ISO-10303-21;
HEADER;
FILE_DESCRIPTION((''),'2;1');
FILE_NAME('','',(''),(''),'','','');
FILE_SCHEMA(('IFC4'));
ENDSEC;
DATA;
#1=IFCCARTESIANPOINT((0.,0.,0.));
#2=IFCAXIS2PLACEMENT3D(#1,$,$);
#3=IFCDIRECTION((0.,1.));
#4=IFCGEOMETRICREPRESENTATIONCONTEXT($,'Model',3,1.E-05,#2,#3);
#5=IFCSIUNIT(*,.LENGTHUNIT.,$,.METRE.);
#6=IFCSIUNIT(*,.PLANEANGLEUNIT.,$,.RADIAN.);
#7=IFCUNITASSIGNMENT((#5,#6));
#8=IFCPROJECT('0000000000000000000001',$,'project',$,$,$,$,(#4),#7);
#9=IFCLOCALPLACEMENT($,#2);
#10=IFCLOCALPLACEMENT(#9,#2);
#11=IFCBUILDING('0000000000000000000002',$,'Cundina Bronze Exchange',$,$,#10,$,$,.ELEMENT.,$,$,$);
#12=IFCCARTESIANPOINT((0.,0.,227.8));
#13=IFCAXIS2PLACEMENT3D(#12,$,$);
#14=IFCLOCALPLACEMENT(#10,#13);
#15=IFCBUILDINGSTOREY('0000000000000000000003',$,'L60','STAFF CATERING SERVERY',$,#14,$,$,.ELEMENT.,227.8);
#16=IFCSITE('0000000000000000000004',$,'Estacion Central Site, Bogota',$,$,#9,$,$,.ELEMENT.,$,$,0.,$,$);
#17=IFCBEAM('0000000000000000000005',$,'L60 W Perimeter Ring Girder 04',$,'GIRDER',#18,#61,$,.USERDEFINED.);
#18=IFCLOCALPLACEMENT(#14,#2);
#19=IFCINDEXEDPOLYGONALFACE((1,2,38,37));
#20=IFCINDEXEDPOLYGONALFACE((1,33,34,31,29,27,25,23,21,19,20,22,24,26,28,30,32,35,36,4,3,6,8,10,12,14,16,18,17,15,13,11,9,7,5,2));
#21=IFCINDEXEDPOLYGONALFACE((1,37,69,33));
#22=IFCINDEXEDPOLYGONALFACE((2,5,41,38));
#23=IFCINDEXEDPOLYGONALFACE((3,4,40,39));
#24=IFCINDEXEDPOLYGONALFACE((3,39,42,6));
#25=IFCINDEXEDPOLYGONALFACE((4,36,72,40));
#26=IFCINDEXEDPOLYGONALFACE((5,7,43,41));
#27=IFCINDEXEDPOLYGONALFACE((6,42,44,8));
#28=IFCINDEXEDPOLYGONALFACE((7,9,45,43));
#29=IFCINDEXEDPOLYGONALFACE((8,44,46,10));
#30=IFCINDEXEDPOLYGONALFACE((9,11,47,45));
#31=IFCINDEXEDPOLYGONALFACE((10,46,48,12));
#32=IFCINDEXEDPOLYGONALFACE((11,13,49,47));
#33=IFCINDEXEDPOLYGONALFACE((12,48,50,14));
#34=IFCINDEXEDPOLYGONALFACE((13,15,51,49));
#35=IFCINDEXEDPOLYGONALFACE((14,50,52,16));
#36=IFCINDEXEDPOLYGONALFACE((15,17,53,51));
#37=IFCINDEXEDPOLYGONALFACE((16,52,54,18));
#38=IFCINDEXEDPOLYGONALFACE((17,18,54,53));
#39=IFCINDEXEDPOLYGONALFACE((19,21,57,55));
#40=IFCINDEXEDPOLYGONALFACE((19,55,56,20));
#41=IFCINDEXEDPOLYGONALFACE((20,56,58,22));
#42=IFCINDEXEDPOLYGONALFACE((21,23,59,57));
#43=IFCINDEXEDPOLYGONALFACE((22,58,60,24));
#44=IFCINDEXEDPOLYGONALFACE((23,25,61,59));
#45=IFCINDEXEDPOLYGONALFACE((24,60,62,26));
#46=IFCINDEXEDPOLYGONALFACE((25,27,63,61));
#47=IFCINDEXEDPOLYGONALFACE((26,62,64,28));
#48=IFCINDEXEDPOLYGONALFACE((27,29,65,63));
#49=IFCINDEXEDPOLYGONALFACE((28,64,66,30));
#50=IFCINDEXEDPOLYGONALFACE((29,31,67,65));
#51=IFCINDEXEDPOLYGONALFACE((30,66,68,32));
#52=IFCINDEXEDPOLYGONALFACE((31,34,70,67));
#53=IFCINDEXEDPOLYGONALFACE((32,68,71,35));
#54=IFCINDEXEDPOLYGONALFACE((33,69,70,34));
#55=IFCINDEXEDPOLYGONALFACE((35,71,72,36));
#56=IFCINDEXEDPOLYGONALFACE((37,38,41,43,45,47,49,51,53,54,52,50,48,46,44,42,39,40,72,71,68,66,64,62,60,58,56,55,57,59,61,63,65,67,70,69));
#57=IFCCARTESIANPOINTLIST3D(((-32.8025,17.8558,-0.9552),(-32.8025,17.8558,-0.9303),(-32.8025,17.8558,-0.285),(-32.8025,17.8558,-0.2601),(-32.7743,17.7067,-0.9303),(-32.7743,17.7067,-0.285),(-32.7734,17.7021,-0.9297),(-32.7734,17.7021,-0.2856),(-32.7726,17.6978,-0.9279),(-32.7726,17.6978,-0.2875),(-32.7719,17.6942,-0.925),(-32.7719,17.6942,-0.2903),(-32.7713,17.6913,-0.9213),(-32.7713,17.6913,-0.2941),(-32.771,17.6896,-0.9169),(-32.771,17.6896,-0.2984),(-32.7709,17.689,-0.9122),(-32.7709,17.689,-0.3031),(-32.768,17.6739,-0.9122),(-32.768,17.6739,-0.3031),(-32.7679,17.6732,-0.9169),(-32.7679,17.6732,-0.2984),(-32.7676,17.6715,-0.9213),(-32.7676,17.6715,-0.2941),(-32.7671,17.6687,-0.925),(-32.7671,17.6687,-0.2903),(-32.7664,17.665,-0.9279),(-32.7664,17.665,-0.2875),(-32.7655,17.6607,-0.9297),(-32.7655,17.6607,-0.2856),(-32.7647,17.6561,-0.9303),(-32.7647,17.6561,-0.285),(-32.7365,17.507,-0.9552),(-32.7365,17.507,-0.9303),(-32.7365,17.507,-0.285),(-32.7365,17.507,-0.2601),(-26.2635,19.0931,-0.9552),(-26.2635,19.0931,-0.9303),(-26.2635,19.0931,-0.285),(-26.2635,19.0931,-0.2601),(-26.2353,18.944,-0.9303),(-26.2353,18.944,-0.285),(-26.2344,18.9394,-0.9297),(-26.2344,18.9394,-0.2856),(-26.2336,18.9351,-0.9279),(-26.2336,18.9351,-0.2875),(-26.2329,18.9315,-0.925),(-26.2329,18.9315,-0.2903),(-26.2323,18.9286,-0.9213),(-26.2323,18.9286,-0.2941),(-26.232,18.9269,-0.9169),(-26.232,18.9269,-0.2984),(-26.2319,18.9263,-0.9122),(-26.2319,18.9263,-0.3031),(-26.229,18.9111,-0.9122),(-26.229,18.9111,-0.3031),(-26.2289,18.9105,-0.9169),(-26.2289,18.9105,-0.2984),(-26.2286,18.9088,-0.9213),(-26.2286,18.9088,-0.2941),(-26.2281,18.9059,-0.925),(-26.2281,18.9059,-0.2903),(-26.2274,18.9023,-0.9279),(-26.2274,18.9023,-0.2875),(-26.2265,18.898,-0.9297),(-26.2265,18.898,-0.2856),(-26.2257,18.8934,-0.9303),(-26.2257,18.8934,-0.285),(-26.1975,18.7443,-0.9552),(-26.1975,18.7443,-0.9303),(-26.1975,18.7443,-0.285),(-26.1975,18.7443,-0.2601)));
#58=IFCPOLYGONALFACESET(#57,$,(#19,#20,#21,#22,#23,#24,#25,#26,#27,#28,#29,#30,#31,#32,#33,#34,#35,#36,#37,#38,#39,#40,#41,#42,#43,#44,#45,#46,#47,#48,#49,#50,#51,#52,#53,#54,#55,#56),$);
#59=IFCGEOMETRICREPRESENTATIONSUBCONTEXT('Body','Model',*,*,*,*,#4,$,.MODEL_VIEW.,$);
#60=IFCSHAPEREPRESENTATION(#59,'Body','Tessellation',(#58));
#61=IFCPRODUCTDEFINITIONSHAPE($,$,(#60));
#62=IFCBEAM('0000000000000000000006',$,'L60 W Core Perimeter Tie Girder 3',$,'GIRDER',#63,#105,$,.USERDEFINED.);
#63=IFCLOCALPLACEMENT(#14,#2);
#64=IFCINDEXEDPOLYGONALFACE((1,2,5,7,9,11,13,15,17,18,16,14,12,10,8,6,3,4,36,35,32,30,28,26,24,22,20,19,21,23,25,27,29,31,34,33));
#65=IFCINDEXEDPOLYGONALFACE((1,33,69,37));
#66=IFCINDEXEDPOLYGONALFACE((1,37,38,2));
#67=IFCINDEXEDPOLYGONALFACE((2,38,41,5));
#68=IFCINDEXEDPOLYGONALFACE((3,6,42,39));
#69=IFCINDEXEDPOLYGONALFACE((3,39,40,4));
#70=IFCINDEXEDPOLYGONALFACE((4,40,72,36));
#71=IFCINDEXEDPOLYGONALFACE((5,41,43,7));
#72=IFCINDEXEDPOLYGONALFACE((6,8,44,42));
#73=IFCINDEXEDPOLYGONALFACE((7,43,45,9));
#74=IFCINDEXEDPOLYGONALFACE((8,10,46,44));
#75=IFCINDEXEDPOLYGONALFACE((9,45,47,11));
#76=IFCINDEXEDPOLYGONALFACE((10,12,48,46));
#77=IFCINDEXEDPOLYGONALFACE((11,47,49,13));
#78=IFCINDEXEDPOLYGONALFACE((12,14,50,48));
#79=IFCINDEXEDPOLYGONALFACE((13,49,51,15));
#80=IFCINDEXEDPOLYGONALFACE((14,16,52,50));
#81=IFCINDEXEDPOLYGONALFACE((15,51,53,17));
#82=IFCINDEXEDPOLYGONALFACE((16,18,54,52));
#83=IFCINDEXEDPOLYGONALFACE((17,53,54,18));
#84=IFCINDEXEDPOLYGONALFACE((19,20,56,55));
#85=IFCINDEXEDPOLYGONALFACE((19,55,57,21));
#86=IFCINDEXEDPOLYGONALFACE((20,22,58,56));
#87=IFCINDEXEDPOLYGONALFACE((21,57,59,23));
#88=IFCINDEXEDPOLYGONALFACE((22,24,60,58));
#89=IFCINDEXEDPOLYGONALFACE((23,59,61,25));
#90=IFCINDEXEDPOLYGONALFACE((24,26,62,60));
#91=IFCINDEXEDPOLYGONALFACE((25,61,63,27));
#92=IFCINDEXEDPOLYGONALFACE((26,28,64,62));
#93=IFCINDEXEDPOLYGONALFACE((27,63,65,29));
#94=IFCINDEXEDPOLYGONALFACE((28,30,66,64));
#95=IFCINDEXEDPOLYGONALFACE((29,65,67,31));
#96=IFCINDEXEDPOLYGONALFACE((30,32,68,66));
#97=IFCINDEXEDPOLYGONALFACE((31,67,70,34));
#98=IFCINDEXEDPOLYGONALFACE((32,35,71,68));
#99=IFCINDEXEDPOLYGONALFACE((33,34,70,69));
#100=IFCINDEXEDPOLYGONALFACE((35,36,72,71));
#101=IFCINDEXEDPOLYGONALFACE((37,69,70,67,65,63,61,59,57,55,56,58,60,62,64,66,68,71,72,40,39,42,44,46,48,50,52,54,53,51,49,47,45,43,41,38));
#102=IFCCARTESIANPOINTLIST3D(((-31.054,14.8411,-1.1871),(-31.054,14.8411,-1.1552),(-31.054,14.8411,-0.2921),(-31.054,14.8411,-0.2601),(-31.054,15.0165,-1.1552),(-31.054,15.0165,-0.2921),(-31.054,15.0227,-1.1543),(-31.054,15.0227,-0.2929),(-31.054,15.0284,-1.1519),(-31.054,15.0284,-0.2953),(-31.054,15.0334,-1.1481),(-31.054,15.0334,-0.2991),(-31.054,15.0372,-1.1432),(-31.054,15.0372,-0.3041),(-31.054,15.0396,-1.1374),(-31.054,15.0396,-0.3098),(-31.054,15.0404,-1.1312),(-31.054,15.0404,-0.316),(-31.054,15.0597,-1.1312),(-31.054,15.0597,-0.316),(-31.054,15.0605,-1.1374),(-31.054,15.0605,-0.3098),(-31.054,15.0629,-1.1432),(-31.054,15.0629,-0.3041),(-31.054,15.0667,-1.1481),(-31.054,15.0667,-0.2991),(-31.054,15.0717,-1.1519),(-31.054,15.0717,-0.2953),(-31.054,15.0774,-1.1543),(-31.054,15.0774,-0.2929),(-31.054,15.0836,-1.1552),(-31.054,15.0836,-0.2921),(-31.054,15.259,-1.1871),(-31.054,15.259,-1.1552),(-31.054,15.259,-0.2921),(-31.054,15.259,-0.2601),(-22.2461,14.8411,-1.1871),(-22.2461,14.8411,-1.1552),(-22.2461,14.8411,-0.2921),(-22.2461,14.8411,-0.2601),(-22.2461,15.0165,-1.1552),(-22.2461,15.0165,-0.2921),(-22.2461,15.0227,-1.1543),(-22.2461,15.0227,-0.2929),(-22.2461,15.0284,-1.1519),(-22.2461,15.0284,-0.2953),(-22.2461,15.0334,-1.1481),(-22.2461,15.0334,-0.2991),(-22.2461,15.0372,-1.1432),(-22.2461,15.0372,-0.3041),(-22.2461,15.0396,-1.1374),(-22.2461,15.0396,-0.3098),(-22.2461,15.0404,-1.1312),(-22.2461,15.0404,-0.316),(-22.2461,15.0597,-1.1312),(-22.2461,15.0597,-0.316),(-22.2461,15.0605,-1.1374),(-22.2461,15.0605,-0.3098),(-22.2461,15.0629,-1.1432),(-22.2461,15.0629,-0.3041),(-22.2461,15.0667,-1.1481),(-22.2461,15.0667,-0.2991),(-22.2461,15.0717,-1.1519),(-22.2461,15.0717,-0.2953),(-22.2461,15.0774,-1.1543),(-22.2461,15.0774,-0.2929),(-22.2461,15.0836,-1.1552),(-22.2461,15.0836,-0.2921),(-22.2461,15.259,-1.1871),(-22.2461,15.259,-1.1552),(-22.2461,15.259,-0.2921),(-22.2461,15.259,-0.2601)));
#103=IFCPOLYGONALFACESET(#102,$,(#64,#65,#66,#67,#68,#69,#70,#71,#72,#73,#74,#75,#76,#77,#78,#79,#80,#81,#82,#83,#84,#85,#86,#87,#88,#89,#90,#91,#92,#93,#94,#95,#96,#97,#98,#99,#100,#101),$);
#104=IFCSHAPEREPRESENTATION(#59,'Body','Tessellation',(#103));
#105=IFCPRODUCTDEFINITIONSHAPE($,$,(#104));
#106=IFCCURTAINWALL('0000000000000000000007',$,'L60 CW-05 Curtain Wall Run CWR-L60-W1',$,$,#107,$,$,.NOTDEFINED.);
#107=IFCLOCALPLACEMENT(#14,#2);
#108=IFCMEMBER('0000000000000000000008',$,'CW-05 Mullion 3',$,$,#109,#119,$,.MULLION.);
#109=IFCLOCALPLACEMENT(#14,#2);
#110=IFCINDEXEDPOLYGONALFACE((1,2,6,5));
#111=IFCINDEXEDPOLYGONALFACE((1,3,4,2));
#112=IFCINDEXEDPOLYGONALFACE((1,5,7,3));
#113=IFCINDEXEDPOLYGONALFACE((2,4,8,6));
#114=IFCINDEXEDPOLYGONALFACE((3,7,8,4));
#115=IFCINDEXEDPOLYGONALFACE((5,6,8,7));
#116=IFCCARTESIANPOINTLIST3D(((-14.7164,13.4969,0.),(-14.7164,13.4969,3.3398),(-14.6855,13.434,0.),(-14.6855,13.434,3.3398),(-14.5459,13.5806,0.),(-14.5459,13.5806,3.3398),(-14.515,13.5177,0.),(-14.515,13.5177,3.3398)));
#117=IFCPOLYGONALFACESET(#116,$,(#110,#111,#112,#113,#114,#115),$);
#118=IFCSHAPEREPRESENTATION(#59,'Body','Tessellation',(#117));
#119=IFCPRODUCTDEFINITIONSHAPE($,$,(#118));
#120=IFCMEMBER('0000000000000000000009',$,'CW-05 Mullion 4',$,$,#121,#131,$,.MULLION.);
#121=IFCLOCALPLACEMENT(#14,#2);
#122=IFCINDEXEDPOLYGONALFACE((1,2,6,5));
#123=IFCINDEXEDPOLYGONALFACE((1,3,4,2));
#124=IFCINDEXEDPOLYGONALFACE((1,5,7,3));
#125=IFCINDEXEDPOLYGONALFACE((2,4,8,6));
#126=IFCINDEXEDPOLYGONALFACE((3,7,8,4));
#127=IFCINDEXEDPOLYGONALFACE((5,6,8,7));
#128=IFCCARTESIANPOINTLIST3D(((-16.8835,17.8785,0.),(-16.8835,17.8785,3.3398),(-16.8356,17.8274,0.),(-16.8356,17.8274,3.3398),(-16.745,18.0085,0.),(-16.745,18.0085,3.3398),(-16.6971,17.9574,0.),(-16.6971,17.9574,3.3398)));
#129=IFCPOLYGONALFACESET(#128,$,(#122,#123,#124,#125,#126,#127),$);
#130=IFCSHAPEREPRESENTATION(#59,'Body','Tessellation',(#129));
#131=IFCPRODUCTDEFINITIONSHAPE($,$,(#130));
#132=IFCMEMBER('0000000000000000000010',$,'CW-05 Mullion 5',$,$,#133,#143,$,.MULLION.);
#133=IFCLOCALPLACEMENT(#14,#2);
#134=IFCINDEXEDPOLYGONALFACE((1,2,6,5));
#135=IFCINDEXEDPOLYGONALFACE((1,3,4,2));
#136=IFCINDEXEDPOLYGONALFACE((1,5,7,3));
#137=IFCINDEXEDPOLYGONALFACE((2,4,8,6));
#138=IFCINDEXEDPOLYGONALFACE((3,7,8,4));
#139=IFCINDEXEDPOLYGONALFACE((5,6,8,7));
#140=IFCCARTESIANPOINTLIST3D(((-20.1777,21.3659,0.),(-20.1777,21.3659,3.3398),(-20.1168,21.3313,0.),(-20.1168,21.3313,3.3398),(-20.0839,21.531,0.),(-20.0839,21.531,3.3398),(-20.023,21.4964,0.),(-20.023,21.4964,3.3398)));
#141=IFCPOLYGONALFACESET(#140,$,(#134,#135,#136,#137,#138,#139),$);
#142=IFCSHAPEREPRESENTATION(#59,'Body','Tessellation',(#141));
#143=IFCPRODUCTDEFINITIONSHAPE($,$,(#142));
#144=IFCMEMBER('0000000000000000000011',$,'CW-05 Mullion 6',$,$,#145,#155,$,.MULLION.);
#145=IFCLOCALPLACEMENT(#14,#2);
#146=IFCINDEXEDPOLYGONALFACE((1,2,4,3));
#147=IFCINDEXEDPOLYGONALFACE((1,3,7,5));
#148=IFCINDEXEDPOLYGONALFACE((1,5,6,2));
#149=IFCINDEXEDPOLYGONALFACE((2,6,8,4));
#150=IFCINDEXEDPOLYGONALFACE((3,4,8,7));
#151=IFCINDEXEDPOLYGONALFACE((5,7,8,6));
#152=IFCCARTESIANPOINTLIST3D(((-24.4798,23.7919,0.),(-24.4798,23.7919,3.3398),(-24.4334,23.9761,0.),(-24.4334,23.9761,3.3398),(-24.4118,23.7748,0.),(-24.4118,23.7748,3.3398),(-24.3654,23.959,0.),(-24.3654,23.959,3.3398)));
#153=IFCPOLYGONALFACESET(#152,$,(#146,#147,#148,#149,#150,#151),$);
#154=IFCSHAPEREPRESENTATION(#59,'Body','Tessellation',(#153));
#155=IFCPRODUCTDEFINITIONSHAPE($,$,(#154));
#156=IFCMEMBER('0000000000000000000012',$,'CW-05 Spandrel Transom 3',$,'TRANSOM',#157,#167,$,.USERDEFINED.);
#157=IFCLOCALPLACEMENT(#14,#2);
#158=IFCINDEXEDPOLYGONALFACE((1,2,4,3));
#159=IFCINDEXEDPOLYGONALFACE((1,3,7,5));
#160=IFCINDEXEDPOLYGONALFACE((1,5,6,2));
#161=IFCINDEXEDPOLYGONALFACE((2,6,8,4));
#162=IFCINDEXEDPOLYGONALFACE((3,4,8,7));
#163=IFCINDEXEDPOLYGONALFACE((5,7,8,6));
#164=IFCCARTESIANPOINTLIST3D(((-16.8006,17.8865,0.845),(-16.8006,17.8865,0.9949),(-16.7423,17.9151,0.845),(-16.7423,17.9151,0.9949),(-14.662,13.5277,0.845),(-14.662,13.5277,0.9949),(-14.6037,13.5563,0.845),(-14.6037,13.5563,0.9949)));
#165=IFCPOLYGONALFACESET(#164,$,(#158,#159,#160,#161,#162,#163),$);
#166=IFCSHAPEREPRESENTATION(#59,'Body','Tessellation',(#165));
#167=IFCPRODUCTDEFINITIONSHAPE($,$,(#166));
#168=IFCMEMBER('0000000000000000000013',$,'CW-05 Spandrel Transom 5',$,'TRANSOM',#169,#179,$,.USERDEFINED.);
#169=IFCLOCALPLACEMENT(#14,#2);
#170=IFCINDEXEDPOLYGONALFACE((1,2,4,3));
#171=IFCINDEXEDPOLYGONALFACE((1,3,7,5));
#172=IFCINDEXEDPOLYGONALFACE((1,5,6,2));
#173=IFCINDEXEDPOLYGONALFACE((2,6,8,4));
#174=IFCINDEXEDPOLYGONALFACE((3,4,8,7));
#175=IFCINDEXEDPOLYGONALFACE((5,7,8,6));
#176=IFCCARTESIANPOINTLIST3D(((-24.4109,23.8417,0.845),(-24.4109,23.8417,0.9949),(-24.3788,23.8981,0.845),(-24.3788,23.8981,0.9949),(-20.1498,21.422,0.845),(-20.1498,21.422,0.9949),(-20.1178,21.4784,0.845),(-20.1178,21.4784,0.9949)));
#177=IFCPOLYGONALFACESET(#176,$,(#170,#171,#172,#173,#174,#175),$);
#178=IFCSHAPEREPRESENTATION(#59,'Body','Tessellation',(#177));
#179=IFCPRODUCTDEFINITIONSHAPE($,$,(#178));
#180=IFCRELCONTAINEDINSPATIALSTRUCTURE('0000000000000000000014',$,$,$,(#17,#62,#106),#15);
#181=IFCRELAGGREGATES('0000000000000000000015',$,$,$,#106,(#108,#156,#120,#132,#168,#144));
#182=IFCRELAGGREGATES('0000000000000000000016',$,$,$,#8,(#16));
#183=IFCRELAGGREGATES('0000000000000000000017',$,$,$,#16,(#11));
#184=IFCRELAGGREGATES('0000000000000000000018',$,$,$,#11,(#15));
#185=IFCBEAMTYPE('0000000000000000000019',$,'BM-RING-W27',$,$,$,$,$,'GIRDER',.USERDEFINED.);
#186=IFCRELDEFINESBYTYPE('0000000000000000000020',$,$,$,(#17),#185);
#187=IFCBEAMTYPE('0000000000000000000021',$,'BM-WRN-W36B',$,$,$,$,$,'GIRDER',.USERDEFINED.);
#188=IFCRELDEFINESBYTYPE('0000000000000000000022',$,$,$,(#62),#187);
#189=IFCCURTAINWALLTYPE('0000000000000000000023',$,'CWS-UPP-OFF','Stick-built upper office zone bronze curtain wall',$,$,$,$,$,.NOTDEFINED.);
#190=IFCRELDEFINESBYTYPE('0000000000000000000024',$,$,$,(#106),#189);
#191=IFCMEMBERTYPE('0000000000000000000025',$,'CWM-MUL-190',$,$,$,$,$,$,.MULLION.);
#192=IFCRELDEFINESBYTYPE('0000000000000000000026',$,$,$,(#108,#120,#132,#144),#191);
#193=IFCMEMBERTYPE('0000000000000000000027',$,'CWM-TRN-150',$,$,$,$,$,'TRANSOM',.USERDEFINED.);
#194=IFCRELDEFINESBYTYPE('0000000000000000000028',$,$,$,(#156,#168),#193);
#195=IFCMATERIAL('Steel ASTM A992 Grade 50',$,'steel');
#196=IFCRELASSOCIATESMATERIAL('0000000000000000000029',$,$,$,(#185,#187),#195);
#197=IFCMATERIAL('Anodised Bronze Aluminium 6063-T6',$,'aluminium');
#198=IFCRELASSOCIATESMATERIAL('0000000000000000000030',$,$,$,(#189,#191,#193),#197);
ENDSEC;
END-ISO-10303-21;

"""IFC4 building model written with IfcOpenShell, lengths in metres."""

from ifc_helpers import new_model, si_unit, direction, frame, origin, origin_2d, place, context, subcontext, project, spatial, rectangle, i_section, extrude, material, material_profile, profile_set, type_object, element, aggregate, save


model = new_model("IFC4")

# Units and contexts
model_context = context("Model", 3, precision=1e-05, world=origin(), true_north=direction((0.0, 1.0)))
body_context = subcontext(model_context, "Body", "Model", "MODEL_VIEW")
ifc_project = project(units=[si_unit("LENGTHUNIT", "METRE"), si_unit("PLANEANGLEUNIT", "RADIAN")], contexts=[model_context])

# Site, building, storey
site_placement = place(None, origin())
site = spatial("IfcSite", under=ifc_project, at=site_placement, Name="Estacion Central Site, Bogota", CompositionType="ELEMENT", RefElevation=0.0)
building_placement = place(site_placement, origin())
building = spatial("IfcBuilding", under=site, at=building_placement, Name="Cundina Bronze Exchange", CompositionType="ELEMENT")
storey_placement = place(building_placement, frame((0.0, 0.0, 227.8)))
storey = spatial("IfcBuildingStorey", under=building, at=storey_placement, Name="L60", Description="STAFF CATERING SERVERY", CompositionType="ELEMENT", Elevation=227.8)

# Shared definitions
ifc_material_1 = material(Name="Steel ASTM A992 Grade 50", Category="steel")

# Beams
ifc_material_profile_1 = material_profile(ifc_material_1, i_section(OverallWidth=0.355, OverallDepth=0.6951, WebThickness=0.0154, FlangeThickness=0.0249, FilletRadius=0.0181, at=origin_2d()), Name="W27X146", Category="steel")
ifc_profile_set_1 = profile_set([ifc_material_profile_1], Name="Steel ASTM A992 Grade 50")
beam_type_1 = type_object("IfcBeamType", Name="BM-RING-W27", ElementType="GIRDER", PredefinedType="USERDEFINED", material=ifc_profile_set_1)
beam_1_placement = place(storey_placement, frame((-26.2305, 18.9187, -0.6077), z_axis=(-0.982565, -0.185918, 0.0), x_axis=(0.185918, -0.982565, 0.0)))
element("IfcBeam", 1, at=beam_1_placement, inside=storey, type_object=beam_type_1, Name="L60 W Perimeter Ring Girder 04", ObjectType="GIRDER", PredefinedType="USERDEFINED", context=body_context, shape_type="SweptSolid", body=[
    extrude(i_section(OverallWidth=0.355, OverallDepth=0.6951, WebThickness=0.0154, FlangeThickness=0.0249, FilletRadius=0.0181, at=origin_2d()), origin(), (0.0, 0.0, 1.0), 6.655),
])
ifc_material_profile_2 = material_profile(ifc_material_1, i_section(OverallWidth=0.418, OverallDepth=0.927, WebThickness=0.0193, FlangeThickness=0.032, FilletRadius=0.0239, at=origin_2d()), Name="W36X231", Category="steel")
ifc_profile_set_2 = profile_set([ifc_material_profile_2], Name="Steel ASTM A992 Grade 50")
beam_type_2 = type_object("IfcBeamType", Name="BM-WRN-W36B", ElementType="GIRDER", PredefinedType="USERDEFINED", material=ifc_profile_set_2)
beam_2_placement = place(storey_placement, frame((-22.2461, 15.05, -0.7236), z_axis=(-1.0, 0.0, 0.0), x_axis=(0.0, -1.0, 0.0)))
element("IfcBeam", 2, at=beam_2_placement, inside=storey, type_object=beam_type_2, Name="L60 W Core Perimeter Tie Girder 3", ObjectType="GIRDER", PredefinedType="USERDEFINED", context=body_context, shape_type="SweptSolid", body=[
    extrude(i_section(OverallWidth=0.418, OverallDepth=0.927, WebThickness=0.0193, FlangeThickness=0.032, FilletRadius=0.0239, at=origin_2d()), origin(), (0.0, 0.0, 1.0), 8.8079),
])

# Curtain wall, members
ifc_material_2 = material(Name="Anodised Bronze Aluminium 6063-T6", Category="aluminium")
curtain_wall_type = type_object("IfcCurtainWallType", Name="CWS-UPP-OFF", Description="Stick-built upper office zone bronze curtain wall", PredefinedType="NOTDEFINED", material=ifc_material_2)
curtain_wall_placement = place(storey_placement, origin())
curtain_wall = element("IfcCurtainWall", 3, at=curtain_wall_placement, inside=storey, type_object=curtain_wall_type, Name="L60 CW-05 Curtain Wall Run CWR-L60-W1", PredefinedType="NOTDEFINED")
ifc_material_profile_3 = material_profile(ifc_material_2, rectangle(XDim=0.0701, YDim=0.1899, at=origin_2d()), Name="AL70X190", Category="aluminium")
ifc_profile_set_3 = profile_set([ifc_material_profile_3], Name="Anodised Bronze Aluminium 6063-T6")
member_type_1 = type_object("IfcMemberType", Name="CWM-MUL-190", PredefinedType="MULLION", material=ifc_profile_set_3)
member_1_placement = place(storey_placement, frame((-14.6157, 13.5073, 0.0), z_axis=(0.0, 0.0, 1.0), x_axis=(-0.440566, 0.89772, 0.0)))
member_1 = element("IfcMember", 4, at=member_1_placement, type_object=member_type_1, Name="CW-05 Mullion 3", PredefinedType="MULLION", context=body_context, shape_type="SweptSolid", body=[
    extrude(rectangle(XDim=0.0701, YDim=0.1899, at=origin_2d()), origin(), (0.0, 0.0, 1.0), 3.3398),
])
member_2_placement = place(storey_placement, frame((-16.7903, 17.918, 0.0), z_axis=(0.0, 0.0, 1.0), x_axis=(-0.684293, 0.729208, 0.0)))
member_2 = element("IfcMember", 5, at=member_2_placement, type_object=member_type_1, Name="CW-05 Mullion 4", PredefinedType="MULLION", context=body_context, shape_type="SweptSolid", body=[
    extrude(rectangle(XDim=0.0701, YDim=0.1899, at=origin_2d()), origin(), (0.0, 0.0, 1.0), 3.3398),
])
member_3_placement = place(storey_placement, frame((-20.1003, 21.4312, 0.0), z_axis=(0.0, 0.0, 1.0), x_axis=(-0.869581, 0.49379, 0.0)))
member_3 = element("IfcMember", 6, at=member_3_placement, type_object=member_type_1, Name="CW-05 Mullion 5", PredefinedType="MULLION", context=body_context, shape_type="SweptSolid", body=[
    extrude(rectangle(XDim=0.0701, YDim=0.1899, at=origin_2d()), origin(), (0.0, 0.0, 1.0), 3.3398),
])
member_4_placement = place(storey_placement, frame((-24.4226, 23.8755, 0.0), z_axis=(0.0, 0.0, 1.0), x_axis=(-0.969744, 0.244123, 0.0)))
member_4 = element("IfcMember", 7, at=member_4_placement, type_object=member_type_1, Name="CW-05 Mullion 6", PredefinedType="MULLION", context=body_context, shape_type="SweptSolid", body=[
    extrude(rectangle(XDim=0.0701, YDim=0.1899, at=origin_2d()), origin(), (0.0, 0.0, 1.0), 3.3398),
])
ifc_material_profile_4 = material_profile(ifc_material_2, rectangle(XDim=0.0649, YDim=0.1499, at=origin_2d()), Name="AL65X150", Category="aluminium")
ifc_profile_set_4 = profile_set([ifc_material_profile_4], Name="Anodised Bronze Aluminium 6063-T6")
member_type_2 = type_object("IfcMemberType", Name="CWM-TRN-150", ElementType="TRANSOM", PredefinedType="USERDEFINED", material=ifc_profile_set_4)
member_5_placement = place(storey_placement, frame((-14.6328, 13.542, 0.9199), z_axis=(-0.440483, 0.897761, 0.0), x_axis=(-0.897761, -0.440483, 0.0)))
member_5 = element("IfcMember", 8, at=member_5_placement, type_object=member_type_2, Name="CW-05 Spandrel Transom 3", ObjectType="TRANSOM", PredefinedType="USERDEFINED", context=body_context, shape_type="SweptSolid", body=[
    extrude(rectangle(XDim=0.0649, YDim=0.1499, at=origin_2d()), origin(), (0.0, 0.0, 1.0), 4.8552),
])
member_6_placement = place(storey_placement, frame((-20.1338, 21.4502, 0.9199), z_axis=(-0.869574, 0.493803, 0.0), x_axis=(-0.493803, -0.869574, 0.0)))
member_6 = element("IfcMember", 9, at=member_6_placement, type_object=member_type_2, Name="CW-05 Spandrel Transom 5", ObjectType="TRANSOM", PredefinedType="USERDEFINED", context=body_context, shape_type="SweptSolid", body=[
    extrude(rectangle(XDim=0.0649, YDim=0.1499, at=origin_2d()), origin(), (0.0, 0.0, 1.0), 4.9001),
])
aggregate(curtain_wall, [member_1, member_5, member_2, member_3, member_6, member_4])

save(model, "model.ifc")
